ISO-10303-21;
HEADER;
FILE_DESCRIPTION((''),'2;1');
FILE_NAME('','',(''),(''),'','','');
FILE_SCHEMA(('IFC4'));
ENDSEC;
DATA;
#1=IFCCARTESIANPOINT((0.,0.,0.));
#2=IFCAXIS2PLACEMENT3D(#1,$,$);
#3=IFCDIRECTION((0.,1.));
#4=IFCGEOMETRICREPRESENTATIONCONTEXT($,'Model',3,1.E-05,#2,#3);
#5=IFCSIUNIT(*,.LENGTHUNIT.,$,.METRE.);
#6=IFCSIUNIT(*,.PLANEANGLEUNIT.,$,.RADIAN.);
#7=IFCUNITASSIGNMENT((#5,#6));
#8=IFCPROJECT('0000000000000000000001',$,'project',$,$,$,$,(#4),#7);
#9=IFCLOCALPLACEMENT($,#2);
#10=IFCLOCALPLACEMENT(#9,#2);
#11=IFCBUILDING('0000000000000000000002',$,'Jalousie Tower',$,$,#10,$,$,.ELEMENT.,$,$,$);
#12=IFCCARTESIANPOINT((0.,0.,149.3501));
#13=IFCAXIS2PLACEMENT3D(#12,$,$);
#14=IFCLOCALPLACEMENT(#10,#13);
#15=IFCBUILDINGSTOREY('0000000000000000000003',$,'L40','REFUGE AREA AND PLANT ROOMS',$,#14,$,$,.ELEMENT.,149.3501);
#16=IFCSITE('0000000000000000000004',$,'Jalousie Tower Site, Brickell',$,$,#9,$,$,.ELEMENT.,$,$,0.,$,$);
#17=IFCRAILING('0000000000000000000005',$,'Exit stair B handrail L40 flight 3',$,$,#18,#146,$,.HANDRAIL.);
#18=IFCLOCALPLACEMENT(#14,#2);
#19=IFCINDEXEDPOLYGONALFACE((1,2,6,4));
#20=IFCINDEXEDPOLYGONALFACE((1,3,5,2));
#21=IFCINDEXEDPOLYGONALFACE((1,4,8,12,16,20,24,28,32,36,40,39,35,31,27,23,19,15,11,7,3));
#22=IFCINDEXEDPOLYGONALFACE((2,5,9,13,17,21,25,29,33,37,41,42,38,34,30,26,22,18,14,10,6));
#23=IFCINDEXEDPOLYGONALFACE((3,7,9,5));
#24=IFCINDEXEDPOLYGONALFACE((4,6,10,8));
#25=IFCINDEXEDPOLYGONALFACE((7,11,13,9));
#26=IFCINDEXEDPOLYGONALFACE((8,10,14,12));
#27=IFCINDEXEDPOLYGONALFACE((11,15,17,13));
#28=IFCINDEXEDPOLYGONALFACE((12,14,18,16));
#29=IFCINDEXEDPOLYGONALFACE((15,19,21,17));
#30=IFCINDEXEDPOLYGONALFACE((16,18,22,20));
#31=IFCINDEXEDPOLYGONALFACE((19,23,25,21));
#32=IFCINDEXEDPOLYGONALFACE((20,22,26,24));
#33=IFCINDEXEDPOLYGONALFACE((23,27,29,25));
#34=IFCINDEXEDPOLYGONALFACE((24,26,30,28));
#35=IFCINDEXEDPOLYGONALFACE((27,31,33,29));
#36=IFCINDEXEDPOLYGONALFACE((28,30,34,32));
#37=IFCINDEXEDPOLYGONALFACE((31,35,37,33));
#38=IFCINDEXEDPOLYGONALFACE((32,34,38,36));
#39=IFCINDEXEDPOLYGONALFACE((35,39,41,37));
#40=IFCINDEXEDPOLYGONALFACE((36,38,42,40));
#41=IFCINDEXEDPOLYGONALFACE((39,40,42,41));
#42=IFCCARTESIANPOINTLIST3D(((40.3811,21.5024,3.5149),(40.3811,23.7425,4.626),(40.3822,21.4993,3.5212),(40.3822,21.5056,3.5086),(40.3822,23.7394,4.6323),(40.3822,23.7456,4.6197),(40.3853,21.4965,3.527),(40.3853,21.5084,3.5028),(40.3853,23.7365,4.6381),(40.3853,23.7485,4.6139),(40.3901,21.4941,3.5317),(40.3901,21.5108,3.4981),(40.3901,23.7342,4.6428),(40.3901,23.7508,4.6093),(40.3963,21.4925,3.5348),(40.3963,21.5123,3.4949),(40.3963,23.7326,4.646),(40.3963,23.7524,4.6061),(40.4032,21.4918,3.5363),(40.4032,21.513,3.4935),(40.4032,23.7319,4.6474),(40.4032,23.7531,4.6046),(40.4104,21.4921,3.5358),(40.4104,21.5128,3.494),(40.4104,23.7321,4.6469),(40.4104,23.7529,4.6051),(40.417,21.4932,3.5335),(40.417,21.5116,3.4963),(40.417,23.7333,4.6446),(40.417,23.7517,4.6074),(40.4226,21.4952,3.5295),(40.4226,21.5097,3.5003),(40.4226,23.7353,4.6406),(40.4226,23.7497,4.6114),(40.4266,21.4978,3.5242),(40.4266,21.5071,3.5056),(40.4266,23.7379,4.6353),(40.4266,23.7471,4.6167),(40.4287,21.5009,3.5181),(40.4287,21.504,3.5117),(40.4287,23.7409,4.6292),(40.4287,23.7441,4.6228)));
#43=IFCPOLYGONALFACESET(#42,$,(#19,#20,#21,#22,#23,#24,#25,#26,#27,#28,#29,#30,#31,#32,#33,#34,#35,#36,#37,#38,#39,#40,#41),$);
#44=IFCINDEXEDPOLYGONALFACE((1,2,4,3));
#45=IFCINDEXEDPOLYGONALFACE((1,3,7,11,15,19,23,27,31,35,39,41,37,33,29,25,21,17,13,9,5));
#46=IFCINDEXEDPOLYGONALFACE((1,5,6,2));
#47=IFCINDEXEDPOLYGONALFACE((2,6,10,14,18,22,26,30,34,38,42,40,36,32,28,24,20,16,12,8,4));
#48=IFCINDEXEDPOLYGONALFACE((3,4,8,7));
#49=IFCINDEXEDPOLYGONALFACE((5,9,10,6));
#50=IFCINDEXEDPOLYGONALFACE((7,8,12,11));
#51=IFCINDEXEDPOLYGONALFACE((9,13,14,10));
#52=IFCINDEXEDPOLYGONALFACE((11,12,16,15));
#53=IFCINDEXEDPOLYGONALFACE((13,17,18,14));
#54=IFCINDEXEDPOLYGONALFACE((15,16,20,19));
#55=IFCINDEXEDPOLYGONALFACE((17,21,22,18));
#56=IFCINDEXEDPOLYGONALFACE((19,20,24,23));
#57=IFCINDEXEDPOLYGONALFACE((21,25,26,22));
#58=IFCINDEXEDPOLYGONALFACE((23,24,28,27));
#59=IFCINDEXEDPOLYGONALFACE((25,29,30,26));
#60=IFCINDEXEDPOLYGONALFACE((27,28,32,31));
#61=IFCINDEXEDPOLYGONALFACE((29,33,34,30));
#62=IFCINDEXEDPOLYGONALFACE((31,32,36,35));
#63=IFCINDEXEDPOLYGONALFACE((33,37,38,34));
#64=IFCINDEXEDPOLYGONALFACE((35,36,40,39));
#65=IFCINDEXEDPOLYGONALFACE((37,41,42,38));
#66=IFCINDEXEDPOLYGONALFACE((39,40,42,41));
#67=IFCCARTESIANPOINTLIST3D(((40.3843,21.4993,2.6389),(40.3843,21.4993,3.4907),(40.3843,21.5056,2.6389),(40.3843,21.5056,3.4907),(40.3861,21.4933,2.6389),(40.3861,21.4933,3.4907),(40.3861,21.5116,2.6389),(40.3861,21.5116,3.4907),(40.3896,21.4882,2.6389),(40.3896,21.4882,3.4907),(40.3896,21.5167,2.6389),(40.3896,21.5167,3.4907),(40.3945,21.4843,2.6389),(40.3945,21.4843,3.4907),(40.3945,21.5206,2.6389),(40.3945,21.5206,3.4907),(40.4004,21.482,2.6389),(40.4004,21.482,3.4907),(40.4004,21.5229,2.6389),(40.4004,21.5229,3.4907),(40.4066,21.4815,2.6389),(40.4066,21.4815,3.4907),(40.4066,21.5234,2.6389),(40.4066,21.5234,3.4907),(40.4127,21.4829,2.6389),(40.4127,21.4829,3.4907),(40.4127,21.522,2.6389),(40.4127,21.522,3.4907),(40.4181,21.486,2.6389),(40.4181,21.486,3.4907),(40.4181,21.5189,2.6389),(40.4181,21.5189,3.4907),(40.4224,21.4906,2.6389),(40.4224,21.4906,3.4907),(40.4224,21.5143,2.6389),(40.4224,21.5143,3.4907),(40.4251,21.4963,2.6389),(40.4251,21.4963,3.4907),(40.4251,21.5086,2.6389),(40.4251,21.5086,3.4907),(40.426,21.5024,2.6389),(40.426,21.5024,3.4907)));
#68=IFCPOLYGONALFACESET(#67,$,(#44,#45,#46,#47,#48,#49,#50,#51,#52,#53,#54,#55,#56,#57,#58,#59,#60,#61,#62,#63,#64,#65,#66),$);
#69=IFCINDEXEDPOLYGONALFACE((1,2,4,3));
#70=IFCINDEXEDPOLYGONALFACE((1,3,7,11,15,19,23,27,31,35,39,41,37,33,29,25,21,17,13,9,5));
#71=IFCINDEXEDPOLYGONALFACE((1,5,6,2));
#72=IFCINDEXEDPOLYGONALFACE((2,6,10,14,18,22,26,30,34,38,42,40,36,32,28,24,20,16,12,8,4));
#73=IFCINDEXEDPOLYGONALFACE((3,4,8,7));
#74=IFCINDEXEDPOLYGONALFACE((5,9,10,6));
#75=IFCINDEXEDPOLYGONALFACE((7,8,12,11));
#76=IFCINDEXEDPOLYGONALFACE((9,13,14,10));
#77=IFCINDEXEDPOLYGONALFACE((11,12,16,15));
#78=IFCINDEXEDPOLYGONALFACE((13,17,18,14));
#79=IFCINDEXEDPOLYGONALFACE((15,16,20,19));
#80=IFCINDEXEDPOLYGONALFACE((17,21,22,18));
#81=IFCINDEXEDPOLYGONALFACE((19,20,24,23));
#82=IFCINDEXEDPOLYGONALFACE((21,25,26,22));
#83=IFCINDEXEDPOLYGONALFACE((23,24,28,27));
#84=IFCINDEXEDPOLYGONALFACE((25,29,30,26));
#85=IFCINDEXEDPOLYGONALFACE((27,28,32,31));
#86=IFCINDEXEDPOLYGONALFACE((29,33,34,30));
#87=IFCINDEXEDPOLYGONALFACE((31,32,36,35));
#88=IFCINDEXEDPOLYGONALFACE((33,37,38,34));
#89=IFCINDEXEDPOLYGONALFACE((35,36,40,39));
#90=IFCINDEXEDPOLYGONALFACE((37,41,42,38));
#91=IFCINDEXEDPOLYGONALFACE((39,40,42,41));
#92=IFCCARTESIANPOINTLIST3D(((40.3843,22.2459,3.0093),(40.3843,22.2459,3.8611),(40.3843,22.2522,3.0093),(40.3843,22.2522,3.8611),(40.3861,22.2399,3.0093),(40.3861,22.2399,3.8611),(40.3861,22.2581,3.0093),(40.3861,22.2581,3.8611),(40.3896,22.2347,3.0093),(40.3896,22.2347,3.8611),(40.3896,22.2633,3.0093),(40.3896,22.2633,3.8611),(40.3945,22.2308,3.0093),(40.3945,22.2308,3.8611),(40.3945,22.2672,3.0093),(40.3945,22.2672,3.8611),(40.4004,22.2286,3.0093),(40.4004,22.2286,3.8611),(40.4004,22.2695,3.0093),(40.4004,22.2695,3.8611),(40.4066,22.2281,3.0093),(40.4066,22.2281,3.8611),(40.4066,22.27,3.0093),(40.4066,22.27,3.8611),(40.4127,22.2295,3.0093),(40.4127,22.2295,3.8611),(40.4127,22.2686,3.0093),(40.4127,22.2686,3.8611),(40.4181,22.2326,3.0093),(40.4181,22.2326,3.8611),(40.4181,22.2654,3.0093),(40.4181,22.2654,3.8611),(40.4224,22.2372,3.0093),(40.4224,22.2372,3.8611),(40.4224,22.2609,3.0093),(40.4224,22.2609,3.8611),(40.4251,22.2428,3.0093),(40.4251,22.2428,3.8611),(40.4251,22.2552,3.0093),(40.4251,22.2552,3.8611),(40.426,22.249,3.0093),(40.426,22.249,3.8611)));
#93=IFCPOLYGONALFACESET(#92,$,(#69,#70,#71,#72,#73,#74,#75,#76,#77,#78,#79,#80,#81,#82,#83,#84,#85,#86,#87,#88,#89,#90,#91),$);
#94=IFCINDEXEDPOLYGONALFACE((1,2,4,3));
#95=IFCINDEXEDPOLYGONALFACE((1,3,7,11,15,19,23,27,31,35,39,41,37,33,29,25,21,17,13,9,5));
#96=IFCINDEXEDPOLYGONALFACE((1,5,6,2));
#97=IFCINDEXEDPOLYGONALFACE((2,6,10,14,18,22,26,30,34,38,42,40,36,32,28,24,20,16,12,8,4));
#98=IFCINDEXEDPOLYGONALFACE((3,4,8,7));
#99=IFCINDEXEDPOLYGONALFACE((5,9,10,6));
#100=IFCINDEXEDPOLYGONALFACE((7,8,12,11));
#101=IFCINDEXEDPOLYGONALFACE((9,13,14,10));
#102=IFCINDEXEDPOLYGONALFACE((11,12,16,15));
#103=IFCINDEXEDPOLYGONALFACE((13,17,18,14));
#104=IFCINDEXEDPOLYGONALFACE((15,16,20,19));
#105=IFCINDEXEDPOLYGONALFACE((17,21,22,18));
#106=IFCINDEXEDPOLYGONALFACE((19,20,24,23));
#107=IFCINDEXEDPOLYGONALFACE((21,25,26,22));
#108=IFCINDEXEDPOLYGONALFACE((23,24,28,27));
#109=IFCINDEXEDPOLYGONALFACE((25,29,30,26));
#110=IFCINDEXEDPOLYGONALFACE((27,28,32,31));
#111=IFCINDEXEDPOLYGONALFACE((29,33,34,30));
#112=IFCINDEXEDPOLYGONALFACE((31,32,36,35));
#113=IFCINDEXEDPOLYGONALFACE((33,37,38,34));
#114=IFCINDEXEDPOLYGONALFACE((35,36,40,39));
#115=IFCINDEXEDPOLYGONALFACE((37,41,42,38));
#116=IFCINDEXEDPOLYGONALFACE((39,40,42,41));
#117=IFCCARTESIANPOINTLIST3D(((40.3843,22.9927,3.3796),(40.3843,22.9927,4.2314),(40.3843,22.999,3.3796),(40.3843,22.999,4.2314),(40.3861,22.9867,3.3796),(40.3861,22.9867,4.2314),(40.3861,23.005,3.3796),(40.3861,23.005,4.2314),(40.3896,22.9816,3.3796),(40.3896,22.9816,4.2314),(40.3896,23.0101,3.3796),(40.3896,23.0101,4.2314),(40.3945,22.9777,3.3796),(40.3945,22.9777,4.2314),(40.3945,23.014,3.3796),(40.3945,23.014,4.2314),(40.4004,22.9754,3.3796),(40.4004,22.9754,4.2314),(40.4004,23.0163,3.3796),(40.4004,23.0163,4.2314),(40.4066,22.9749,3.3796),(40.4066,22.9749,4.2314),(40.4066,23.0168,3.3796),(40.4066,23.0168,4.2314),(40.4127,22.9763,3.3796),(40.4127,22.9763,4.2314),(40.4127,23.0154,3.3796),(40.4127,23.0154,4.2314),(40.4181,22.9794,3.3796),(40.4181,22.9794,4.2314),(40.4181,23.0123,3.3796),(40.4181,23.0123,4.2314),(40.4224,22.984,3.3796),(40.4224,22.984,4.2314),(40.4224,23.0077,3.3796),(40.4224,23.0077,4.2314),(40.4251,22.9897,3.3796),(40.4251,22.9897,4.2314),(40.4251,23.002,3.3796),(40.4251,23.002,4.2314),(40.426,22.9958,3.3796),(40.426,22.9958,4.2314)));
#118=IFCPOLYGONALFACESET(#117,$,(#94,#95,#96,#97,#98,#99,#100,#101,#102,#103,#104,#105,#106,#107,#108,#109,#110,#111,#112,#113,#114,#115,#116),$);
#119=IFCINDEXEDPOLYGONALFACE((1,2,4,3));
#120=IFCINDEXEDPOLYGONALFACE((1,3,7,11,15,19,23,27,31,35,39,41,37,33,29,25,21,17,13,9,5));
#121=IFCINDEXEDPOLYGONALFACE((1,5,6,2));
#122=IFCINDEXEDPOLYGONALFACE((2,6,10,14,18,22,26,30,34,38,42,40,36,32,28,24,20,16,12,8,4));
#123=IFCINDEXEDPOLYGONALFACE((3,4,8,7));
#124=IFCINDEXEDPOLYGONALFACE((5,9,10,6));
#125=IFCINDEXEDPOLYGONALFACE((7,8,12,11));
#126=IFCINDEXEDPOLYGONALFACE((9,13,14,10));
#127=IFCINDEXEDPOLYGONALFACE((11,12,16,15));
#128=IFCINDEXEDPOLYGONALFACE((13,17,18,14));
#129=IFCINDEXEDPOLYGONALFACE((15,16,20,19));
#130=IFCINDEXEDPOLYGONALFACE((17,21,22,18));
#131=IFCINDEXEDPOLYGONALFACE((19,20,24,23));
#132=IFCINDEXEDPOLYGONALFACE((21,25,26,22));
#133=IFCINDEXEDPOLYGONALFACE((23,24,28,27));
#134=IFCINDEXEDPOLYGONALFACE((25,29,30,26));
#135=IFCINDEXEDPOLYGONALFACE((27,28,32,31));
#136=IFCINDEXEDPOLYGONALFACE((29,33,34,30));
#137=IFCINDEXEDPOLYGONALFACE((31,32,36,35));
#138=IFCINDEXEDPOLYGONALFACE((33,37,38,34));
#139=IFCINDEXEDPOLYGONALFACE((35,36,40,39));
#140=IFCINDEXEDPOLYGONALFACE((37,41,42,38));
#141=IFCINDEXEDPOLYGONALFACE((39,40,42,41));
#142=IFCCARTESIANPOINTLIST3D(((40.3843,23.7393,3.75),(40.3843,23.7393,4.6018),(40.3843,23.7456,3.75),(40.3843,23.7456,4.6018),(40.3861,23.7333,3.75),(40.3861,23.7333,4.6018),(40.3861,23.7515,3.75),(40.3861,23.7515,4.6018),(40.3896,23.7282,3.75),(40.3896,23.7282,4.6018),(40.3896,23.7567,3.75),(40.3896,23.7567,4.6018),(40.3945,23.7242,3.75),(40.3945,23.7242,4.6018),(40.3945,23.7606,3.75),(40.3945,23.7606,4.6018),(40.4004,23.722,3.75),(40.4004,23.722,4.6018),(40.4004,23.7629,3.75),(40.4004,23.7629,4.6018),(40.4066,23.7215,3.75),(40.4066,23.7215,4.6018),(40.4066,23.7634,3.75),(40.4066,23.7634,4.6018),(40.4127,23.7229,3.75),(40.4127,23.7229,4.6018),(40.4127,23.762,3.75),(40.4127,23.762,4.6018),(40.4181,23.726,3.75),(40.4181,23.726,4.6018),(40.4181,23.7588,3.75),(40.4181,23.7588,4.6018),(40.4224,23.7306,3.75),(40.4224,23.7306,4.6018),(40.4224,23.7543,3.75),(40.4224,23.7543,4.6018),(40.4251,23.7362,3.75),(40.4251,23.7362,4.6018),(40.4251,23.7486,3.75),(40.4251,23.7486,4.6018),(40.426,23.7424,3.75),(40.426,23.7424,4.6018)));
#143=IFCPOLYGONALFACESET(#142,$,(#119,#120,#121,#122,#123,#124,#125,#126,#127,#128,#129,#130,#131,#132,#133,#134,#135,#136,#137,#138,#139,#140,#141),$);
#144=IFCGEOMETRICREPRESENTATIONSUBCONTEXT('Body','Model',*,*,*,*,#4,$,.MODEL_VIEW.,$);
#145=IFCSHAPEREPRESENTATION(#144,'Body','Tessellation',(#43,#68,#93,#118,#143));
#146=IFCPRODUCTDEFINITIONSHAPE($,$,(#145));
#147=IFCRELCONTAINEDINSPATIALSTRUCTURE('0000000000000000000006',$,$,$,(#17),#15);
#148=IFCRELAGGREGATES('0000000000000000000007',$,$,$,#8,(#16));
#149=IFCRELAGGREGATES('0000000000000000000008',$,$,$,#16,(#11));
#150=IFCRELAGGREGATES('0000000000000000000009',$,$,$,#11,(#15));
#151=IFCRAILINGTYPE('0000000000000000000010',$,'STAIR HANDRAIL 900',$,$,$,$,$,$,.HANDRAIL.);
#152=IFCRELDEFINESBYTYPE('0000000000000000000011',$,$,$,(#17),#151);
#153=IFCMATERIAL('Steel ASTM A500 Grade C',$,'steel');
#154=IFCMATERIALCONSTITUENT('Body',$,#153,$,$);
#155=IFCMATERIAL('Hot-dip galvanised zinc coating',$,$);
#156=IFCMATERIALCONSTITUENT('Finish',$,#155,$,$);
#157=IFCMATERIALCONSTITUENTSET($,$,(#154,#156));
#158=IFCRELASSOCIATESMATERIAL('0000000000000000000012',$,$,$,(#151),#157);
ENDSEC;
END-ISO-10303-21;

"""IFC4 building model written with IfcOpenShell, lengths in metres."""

from ifc_helpers import new_model, si_unit, direction, frame, origin, origin_2d, place, context, subcontext, project, spatial, circle, extrude, material, constituent, constituent_set, type_object, element, save


model = new_model("IFC4")

# Units and contexts
model_context = context("Model", 3, precision=1e-05, world=origin(), true_north=direction((0.0, 1.0)))
body_context = subcontext(model_context, "Body", "Model", "MODEL_VIEW")
ifc_project = project(units=[si_unit("LENGTHUNIT", "METRE"), si_unit("PLANEANGLEUNIT", "RADIAN")], contexts=[model_context])

# Site, building, storey
site_placement = place(None, origin())
site = spatial("IfcSite", under=ifc_project, at=site_placement, Name="Jalousie Tower Site, Brickell", CompositionType="ELEMENT", RefElevation=0.0)
building_placement = place(site_placement, origin())
building = spatial("IfcBuilding", under=site, at=building_placement, Name="Jalousie Tower", CompositionType="ELEMENT")
storey_placement = place(building_placement, frame((0.0, 0.0, 149.3501)))
storey = spatial("IfcBuildingStorey", under=building, at=storey_placement, Name="L40", Description="REFUGE AREA AND PLANT ROOMS", CompositionType="ELEMENT", Elevation=149.3501)

# Railing
ifc_material_1 = material(Name="Steel ASTM A500 Grade C", Category="steel")
ifc_constituent_1 = constituent(ifc_material_1, Name="Body")
ifc_material_2 = material(Name="Hot-dip galvanised zinc coating")
ifc_constituent_2 = constituent(ifc_material_2, Name="Finish")
ifc_constituent_set_1 = constituent_set(constituents=[ifc_constituent_1, ifc_constituent_2])
railing_type_1 = type_object("IfcRailingType", Name="STAIR HANDRAIL 900", PredefinedType="HANDRAIL", material=ifc_constituent_set_1)
for number, where, name in (
    (1, (40.405, 21.5024, 2.6389), "Exit stair B handrail L40 flight 3"),
):
    element("IfcRailing", number, at=place(storey_placement, frame(where)), inside=storey, type_object=railing_type_1, Name=name, PredefinedType="HANDRAIL", context=body_context, shape_type="SweptSolid", body=[
        extrude(circle(Radius=0.0239, at=origin_2d()), frame((0.0, 0.0, 0.876), z_axis=(0.0, 0.895848, 0.44436), x_axis=(-1.0, 0.0, 0.0)), (0.0, 0.0, 1.0), 2.5005),
        extrude(circle(Radius=0.021, at=origin_2d()), origin(), (0.0, 0.0, 1.0), 0.8518),
        extrude(circle(Radius=0.021, at=origin_2d()), frame((0.0, 0.7466, 0.3704)), (0.0, 0.0, 1.0), 0.8518),
        extrude(circle(Radius=0.021, at=origin_2d()), frame((0.0, 1.4934, 0.7407)), (0.0, 0.0, 1.0), 0.8518),
        extrude(circle(Radius=0.021, at=origin_2d()), frame((0.0, 2.24, 1.1111)), (0.0, 0.0, 1.0), 0.8518),
    ])

save(model, "model.ifc")
